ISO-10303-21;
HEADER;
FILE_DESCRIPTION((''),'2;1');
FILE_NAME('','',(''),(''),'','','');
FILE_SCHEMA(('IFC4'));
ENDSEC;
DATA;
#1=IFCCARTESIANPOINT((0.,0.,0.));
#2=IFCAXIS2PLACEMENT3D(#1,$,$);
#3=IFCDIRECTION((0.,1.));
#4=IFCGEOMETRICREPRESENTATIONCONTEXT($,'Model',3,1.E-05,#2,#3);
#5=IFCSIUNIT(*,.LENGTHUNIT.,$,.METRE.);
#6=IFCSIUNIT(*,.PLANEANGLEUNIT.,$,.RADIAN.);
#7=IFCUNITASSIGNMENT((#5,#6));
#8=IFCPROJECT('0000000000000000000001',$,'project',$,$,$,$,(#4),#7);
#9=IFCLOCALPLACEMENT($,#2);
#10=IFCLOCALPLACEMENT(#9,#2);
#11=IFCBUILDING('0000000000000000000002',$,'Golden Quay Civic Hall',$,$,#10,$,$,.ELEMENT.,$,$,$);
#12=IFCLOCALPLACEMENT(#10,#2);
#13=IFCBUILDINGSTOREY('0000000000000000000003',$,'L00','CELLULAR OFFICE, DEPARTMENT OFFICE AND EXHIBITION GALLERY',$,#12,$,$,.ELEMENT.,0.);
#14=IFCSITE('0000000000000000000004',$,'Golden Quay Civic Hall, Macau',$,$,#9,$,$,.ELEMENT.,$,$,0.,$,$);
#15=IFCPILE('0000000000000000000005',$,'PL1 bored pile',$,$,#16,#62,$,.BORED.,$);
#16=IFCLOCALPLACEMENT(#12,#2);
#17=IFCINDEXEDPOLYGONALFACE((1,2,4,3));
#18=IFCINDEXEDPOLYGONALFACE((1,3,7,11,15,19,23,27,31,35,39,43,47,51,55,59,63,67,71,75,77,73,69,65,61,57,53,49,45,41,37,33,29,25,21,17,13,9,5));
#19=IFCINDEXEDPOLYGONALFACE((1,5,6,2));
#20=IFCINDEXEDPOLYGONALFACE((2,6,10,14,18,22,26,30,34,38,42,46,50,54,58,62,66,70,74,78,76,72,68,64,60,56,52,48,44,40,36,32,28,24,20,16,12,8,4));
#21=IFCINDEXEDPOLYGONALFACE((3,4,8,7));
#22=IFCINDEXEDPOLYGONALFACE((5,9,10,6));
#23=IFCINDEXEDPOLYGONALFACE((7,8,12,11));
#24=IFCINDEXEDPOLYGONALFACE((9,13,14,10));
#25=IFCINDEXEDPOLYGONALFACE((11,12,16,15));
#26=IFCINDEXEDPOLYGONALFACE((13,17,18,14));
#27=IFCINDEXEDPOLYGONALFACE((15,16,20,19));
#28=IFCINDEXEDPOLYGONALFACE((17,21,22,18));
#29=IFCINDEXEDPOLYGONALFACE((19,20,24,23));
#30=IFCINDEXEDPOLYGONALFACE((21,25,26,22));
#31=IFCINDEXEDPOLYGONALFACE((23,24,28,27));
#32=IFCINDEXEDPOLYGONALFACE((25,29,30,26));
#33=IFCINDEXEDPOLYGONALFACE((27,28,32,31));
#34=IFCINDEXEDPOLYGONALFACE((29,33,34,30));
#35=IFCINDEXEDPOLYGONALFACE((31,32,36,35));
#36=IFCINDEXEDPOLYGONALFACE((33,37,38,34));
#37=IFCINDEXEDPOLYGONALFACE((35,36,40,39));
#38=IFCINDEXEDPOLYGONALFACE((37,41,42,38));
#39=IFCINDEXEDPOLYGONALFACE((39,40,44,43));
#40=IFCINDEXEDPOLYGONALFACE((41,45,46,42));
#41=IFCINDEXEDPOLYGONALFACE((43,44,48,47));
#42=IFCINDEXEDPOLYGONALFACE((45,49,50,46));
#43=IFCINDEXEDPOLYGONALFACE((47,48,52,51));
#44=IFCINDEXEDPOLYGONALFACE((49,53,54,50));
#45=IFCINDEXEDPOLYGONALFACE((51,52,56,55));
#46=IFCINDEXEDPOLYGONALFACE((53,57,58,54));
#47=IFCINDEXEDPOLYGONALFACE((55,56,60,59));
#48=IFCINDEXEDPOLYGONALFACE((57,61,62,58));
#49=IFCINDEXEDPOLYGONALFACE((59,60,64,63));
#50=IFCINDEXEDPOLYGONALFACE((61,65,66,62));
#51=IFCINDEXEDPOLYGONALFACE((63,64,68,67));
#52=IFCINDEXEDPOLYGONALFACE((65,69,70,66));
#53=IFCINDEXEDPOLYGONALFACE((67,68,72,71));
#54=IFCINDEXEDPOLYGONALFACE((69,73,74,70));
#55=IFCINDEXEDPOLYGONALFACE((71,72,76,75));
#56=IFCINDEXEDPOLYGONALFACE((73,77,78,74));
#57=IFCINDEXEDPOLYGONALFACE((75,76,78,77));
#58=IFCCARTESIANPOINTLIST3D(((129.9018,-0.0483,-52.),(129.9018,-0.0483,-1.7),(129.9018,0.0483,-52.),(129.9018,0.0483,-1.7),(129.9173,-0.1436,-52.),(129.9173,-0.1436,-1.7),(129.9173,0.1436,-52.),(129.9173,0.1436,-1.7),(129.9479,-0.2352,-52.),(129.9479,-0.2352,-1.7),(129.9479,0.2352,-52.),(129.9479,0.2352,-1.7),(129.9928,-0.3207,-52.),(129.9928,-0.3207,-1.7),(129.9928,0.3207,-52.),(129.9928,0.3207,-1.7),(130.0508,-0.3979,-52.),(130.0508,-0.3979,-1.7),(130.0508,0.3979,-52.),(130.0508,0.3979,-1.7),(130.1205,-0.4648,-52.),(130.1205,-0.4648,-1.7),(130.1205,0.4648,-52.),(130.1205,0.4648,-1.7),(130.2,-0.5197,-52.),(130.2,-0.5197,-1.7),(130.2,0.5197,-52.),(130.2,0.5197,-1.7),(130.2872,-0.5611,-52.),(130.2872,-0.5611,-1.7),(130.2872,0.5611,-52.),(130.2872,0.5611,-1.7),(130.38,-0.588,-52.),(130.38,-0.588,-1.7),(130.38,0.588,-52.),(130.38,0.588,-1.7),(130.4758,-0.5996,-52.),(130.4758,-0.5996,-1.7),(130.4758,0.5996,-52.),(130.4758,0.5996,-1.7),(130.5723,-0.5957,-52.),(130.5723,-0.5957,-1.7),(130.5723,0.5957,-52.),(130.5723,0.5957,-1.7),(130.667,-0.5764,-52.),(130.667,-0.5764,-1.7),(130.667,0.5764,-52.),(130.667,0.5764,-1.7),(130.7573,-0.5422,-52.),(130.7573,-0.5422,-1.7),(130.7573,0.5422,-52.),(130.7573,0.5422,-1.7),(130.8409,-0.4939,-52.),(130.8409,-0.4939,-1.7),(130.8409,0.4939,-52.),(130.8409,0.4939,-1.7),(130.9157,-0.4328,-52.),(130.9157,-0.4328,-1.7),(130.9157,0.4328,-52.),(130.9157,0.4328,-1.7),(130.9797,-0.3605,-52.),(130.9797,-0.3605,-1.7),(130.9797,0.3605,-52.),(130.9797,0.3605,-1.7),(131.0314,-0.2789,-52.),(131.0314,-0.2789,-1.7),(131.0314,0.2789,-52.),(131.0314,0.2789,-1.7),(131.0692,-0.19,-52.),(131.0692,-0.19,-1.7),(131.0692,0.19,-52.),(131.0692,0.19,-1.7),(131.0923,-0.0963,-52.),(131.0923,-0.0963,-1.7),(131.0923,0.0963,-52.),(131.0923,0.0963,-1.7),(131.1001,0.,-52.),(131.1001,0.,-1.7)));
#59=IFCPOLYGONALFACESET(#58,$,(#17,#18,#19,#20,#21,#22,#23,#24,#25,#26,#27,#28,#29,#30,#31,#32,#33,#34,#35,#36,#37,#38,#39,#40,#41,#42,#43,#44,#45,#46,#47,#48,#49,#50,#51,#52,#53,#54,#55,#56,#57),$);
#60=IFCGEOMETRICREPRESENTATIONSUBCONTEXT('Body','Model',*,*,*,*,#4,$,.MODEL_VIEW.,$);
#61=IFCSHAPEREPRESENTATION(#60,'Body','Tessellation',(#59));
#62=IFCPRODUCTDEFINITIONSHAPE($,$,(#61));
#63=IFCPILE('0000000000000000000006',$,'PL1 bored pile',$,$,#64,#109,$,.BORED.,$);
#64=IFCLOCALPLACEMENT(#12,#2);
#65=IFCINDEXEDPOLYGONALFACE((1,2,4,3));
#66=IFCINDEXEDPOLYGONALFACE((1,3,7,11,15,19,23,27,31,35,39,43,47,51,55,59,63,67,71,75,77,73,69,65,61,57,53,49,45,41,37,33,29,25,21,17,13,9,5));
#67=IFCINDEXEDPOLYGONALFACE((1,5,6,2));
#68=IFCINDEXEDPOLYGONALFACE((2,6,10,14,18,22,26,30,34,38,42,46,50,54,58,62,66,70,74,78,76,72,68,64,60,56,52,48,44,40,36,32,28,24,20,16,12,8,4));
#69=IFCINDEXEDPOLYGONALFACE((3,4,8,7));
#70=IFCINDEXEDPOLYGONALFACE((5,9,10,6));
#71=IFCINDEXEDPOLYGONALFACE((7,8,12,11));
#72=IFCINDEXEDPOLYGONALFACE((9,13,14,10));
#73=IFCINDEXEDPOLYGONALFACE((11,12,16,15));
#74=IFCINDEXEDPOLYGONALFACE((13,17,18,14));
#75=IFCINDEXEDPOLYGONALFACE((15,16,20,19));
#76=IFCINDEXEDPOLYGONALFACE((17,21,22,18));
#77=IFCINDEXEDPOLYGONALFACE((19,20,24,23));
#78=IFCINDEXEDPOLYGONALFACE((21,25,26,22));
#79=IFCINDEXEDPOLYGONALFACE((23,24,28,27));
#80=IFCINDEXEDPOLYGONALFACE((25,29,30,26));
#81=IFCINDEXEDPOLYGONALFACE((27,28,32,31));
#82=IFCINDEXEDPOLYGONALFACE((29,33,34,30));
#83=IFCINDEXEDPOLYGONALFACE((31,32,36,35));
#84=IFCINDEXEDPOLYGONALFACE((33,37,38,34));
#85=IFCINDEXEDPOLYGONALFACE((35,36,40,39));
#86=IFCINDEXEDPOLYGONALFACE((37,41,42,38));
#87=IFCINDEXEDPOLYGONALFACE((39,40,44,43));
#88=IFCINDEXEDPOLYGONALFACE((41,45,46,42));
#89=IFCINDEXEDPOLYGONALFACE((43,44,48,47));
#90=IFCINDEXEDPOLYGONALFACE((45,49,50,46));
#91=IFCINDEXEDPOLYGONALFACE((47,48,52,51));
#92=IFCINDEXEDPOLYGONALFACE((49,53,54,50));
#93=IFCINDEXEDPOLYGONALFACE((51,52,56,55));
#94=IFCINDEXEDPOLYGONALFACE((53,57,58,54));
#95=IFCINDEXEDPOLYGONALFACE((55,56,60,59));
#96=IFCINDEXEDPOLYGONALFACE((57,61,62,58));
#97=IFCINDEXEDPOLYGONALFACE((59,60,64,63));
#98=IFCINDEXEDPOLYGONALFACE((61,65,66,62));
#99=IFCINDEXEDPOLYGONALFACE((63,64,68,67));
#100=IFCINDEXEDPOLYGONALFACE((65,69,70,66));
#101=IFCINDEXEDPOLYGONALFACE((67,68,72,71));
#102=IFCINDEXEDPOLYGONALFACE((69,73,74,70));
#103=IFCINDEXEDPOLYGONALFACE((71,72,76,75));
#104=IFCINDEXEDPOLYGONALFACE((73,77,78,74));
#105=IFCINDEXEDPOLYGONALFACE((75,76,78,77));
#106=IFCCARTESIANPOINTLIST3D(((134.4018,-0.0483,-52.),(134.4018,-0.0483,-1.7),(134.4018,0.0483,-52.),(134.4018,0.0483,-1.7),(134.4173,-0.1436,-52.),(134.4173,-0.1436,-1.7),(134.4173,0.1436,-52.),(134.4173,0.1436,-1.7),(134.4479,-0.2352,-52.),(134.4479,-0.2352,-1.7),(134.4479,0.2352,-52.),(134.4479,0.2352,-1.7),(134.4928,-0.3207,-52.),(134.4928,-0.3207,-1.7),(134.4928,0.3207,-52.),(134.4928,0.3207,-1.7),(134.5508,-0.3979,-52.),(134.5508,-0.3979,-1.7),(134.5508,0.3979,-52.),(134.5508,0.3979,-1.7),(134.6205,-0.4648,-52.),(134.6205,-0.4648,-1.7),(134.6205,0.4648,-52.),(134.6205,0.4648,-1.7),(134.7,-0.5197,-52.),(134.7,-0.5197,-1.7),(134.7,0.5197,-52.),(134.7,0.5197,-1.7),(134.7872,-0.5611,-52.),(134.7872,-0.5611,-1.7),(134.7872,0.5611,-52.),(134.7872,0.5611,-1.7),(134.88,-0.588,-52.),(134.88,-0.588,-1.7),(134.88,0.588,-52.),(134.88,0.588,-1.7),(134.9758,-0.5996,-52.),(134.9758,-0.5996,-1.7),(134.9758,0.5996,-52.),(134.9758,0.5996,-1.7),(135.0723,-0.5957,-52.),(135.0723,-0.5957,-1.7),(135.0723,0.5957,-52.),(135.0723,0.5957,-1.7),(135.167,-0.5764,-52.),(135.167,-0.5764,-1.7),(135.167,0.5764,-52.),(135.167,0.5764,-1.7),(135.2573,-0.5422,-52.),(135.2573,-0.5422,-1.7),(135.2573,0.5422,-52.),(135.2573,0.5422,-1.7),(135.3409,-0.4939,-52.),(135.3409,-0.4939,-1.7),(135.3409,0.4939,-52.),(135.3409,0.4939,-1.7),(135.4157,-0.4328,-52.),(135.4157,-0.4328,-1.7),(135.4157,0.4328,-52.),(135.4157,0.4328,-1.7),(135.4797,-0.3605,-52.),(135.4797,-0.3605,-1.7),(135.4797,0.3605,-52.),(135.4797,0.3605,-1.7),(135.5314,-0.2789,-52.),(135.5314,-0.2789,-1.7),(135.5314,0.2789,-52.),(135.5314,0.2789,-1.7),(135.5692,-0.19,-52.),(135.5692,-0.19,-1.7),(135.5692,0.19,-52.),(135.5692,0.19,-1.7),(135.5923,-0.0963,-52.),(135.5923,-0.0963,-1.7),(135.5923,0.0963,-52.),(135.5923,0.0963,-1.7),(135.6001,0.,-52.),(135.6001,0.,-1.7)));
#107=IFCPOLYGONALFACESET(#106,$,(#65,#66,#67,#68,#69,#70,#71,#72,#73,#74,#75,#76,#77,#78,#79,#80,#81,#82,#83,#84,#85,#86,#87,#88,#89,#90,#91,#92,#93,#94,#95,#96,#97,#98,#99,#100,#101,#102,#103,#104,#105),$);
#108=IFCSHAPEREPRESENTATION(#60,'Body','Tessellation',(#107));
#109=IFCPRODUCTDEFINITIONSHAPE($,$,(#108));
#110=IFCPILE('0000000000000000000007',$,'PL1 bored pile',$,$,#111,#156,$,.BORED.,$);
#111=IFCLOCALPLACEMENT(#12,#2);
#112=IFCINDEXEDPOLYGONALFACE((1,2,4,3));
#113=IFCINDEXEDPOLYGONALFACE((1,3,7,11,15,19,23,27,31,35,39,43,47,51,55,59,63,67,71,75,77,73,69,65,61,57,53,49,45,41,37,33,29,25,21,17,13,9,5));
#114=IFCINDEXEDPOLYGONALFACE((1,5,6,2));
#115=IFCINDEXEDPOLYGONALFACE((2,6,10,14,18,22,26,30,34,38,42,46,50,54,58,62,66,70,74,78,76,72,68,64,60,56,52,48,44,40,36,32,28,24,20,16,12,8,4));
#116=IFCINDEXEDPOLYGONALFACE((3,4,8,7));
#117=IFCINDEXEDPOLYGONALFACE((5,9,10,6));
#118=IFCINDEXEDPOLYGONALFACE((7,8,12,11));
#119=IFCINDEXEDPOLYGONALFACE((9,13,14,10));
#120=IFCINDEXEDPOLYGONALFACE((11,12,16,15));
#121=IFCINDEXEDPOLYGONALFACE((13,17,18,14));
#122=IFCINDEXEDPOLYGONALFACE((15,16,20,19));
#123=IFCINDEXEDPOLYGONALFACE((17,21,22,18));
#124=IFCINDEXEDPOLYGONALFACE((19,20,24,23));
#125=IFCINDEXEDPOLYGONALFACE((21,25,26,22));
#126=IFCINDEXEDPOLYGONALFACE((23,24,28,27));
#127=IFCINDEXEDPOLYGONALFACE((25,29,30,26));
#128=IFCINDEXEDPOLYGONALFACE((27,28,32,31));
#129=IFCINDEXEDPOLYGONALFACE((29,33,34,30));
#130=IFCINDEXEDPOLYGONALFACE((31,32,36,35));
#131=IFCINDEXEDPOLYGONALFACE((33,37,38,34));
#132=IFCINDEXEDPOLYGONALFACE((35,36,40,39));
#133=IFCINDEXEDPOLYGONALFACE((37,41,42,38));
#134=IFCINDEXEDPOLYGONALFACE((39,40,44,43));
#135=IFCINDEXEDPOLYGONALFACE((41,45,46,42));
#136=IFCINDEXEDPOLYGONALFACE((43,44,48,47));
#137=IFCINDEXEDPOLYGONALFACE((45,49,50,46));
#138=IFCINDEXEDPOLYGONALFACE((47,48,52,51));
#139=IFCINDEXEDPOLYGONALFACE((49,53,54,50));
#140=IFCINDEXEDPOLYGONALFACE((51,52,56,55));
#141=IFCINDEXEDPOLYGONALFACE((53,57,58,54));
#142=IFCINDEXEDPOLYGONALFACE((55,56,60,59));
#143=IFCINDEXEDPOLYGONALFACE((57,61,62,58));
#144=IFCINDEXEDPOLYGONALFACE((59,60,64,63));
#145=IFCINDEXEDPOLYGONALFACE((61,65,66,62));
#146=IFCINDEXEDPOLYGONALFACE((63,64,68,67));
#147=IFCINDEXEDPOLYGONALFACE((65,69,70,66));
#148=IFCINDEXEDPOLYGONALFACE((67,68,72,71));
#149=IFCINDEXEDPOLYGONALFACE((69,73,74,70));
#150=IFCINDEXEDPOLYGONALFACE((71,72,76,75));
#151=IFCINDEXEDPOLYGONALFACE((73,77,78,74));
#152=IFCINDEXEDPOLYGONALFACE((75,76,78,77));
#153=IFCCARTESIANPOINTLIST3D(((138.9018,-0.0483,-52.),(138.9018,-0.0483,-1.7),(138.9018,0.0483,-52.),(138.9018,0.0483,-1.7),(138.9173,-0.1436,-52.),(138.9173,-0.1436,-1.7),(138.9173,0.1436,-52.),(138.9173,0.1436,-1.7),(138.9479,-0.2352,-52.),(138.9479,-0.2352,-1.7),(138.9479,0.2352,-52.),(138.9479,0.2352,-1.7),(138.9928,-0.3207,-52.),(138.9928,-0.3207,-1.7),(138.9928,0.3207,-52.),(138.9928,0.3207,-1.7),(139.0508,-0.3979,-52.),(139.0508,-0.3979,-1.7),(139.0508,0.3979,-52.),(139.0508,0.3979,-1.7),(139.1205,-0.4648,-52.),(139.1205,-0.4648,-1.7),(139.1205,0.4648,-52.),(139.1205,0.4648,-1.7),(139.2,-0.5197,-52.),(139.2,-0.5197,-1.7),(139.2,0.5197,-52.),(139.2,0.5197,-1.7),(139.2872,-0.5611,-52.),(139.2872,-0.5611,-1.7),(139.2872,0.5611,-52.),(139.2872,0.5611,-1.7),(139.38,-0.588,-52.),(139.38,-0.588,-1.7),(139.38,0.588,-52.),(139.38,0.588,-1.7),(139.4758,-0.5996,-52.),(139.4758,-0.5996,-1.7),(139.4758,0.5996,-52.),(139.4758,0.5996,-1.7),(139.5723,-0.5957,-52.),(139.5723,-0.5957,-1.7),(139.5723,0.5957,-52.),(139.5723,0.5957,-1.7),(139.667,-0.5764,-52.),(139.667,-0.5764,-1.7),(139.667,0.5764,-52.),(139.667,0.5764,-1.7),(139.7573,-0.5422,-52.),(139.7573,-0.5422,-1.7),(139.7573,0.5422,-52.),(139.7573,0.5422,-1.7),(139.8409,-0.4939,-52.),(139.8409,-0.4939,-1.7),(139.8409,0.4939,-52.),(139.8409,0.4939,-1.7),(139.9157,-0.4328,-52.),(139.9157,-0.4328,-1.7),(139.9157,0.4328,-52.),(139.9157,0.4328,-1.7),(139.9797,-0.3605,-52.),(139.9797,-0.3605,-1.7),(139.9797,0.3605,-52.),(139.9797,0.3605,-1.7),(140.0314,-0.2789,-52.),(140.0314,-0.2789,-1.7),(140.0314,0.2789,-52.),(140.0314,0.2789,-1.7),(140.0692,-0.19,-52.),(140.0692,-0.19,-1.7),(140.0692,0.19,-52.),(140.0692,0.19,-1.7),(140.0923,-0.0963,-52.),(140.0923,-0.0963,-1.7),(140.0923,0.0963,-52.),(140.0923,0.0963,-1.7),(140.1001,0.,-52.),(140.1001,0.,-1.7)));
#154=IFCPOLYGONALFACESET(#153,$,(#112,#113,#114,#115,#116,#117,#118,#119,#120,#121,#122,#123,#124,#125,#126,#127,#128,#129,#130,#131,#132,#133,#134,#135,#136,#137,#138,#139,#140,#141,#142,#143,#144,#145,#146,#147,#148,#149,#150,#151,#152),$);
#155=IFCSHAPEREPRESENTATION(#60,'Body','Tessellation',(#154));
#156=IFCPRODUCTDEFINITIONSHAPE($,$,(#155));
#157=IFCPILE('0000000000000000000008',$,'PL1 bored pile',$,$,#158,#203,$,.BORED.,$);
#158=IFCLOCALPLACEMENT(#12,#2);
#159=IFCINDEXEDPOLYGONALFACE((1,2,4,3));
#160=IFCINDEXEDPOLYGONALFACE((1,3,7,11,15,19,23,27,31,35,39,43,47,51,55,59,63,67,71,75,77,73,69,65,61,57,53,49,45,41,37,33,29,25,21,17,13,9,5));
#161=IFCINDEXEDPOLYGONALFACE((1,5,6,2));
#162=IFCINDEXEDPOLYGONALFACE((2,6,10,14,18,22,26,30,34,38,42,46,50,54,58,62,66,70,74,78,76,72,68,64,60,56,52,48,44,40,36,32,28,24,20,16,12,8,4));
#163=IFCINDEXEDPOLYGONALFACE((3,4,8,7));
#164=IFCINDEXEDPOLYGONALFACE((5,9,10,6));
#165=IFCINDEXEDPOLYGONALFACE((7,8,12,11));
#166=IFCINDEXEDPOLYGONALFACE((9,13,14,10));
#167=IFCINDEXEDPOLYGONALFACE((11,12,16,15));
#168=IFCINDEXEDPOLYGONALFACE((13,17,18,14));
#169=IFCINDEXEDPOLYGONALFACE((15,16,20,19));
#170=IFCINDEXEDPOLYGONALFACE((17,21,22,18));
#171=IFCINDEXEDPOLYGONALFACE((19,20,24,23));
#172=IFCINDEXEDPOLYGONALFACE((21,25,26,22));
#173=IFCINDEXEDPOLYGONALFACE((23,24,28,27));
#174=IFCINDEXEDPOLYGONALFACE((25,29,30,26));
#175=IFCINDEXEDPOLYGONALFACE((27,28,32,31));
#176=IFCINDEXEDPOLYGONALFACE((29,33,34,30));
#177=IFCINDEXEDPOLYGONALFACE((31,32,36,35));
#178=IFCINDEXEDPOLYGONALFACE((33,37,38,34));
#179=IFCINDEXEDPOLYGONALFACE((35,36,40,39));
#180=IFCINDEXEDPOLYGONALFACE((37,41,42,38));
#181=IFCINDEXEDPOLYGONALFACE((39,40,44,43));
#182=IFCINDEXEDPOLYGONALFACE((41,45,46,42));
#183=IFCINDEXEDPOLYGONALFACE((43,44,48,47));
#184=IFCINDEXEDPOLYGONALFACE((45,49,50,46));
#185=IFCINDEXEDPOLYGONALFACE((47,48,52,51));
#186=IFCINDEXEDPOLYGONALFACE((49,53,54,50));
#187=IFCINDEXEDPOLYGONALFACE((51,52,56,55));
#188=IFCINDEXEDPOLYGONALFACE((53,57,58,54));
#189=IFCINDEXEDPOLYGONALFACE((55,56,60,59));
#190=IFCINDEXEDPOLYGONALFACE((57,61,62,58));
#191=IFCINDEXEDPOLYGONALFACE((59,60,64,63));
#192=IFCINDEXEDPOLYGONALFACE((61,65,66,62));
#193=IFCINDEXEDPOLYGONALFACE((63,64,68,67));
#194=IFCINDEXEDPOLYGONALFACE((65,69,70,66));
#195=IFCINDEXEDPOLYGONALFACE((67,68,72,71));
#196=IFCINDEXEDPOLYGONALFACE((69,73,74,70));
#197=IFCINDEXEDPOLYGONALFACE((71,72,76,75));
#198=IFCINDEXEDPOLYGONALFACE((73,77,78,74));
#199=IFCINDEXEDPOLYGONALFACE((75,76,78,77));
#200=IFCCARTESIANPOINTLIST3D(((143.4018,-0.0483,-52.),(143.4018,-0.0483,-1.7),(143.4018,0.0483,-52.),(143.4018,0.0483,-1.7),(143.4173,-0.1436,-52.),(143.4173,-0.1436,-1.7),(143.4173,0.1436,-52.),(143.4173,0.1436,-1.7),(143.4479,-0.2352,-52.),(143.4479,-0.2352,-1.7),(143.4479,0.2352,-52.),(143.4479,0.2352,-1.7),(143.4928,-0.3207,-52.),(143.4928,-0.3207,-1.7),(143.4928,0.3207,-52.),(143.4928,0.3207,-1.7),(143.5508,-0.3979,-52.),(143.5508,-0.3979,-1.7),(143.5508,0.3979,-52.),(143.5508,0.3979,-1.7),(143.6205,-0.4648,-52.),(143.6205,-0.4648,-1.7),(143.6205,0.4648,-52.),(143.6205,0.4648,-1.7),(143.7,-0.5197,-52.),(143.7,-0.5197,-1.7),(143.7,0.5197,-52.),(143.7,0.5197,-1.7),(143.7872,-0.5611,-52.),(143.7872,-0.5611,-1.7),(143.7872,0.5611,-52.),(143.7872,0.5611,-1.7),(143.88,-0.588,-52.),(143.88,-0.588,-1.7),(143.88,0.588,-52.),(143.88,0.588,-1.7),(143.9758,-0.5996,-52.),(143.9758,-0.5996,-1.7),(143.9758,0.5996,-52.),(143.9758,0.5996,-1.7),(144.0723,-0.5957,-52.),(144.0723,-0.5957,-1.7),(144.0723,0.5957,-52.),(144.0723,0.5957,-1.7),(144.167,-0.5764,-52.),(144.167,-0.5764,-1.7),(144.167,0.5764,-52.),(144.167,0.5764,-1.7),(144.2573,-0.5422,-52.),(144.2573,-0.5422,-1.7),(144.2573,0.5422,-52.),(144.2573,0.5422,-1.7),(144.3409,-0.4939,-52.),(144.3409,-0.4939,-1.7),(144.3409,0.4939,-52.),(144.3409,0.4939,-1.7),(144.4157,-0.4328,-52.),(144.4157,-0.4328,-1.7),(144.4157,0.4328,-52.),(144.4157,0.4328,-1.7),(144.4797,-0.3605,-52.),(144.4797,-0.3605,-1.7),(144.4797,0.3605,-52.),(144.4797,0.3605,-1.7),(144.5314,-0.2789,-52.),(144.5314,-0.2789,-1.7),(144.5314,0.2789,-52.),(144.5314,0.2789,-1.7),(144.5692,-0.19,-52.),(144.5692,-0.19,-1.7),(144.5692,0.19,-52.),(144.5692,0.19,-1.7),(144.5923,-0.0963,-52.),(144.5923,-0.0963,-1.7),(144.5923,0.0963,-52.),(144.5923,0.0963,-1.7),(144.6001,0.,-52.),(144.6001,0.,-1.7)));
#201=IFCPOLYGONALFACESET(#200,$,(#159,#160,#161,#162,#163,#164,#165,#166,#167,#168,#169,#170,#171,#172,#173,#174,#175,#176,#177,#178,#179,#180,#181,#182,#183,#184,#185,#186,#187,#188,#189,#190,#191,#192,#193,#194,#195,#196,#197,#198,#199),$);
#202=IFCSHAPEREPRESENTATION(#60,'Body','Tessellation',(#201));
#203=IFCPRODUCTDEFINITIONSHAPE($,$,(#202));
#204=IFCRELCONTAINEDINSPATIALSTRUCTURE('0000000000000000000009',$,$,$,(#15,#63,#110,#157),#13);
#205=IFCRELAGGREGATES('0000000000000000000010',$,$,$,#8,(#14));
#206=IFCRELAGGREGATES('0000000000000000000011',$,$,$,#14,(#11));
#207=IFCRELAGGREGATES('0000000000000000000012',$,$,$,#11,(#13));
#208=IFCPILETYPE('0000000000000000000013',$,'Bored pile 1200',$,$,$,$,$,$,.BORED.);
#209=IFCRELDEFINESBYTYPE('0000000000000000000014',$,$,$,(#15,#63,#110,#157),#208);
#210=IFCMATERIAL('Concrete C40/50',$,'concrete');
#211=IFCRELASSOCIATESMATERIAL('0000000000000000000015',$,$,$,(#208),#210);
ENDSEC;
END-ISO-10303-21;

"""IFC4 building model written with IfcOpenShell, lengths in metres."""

from ifc_helpers import new_model, si_unit, direction, frame, origin, origin_2d, place, context, subcontext, project, spatial, circle, extrude, material, material_profile, profile_set, type_object, element, save


model = new_model("IFC4")

# Units and contexts
model_context = context("Model", 3, precision=1e-05, world=origin(), true_north=direction((0.0, 1.0)))
body_context = subcontext(model_context, "Body", "Model", "MODEL_VIEW")
ifc_project = project(units=[si_unit("LENGTHUNIT", "METRE"), si_unit("PLANEANGLEUNIT", "RADIAN")], contexts=[model_context])

# Site, building, storey
site_placement = place(None, origin())
site = spatial("IfcSite", under=ifc_project, at=site_placement, Name="Golden Quay Civic Hall, Macau", CompositionType="ELEMENT", RefElevation=0.0)
building_placement = place(site_placement, origin())
building = spatial("IfcBuilding", under=site, at=building_placement, Name="Golden Quay Civic Hall", CompositionType="ELEMENT")
storey_placement = place(building_placement, origin())
storey = spatial("IfcBuildingStorey", under=building, at=storey_placement, Name="L00", Description="CELLULAR OFFICE, DEPARTMENT OFFICE AND EXHIBITION GALLERY", CompositionType="ELEMENT", Elevation=0.0)

# Piles
ifc_material_1 = material(Name="Concrete C40/50", Category="concrete")
ifc_material_profile_1 = material_profile(ifc_material_1, circle(Radius=0.6001, at=origin_2d()), Name="RC D1200")
ifc_profile_set_1 = profile_set([ifc_material_profile_1], Name="Concrete C40/50")
pile_type = type_object("IfcPileType", Name="Bored pile 1200", PredefinedType="BORED", material=ifc_profile_set_1)
for number, where, z_axis, x_axis, name in (
    (1, (130.5, 0.0, -1.7), (0.0, 0.0, -1.0), (1.0, 0.0, 0.0), "PL1 bored pile"),
    (2, (135.0, 0.0, -1.7), (0.0, 0.0, -1.0), (1.0, 0.0, 0.0), "PL1 bored pile"),
    (3, (139.5, 0.0, -1.7), (0.0, 0.0, -1.0), (1.0, 0.0, 0.0), "PL1 bored pile"),
    (4, (144.0, 0.0, -1.7), (0.0, 0.0, -1.0), (1.0, 0.0, 0.0), "PL1 bored pile"),
):
    element("IfcPile", number, at=place(storey_placement, frame(where, z_axis=z_axis, x_axis=x_axis)), inside=storey, type_object=pile_type, Name=name, PredefinedType="BORED", context=body_context, shape_type="SweptSolid", body=[
        extrude(circle(Radius=0.6001, at=origin_2d()), origin(), (0.0, 0.0, 1.0), 50.3),
    ])

save(model, "model.ifc")
